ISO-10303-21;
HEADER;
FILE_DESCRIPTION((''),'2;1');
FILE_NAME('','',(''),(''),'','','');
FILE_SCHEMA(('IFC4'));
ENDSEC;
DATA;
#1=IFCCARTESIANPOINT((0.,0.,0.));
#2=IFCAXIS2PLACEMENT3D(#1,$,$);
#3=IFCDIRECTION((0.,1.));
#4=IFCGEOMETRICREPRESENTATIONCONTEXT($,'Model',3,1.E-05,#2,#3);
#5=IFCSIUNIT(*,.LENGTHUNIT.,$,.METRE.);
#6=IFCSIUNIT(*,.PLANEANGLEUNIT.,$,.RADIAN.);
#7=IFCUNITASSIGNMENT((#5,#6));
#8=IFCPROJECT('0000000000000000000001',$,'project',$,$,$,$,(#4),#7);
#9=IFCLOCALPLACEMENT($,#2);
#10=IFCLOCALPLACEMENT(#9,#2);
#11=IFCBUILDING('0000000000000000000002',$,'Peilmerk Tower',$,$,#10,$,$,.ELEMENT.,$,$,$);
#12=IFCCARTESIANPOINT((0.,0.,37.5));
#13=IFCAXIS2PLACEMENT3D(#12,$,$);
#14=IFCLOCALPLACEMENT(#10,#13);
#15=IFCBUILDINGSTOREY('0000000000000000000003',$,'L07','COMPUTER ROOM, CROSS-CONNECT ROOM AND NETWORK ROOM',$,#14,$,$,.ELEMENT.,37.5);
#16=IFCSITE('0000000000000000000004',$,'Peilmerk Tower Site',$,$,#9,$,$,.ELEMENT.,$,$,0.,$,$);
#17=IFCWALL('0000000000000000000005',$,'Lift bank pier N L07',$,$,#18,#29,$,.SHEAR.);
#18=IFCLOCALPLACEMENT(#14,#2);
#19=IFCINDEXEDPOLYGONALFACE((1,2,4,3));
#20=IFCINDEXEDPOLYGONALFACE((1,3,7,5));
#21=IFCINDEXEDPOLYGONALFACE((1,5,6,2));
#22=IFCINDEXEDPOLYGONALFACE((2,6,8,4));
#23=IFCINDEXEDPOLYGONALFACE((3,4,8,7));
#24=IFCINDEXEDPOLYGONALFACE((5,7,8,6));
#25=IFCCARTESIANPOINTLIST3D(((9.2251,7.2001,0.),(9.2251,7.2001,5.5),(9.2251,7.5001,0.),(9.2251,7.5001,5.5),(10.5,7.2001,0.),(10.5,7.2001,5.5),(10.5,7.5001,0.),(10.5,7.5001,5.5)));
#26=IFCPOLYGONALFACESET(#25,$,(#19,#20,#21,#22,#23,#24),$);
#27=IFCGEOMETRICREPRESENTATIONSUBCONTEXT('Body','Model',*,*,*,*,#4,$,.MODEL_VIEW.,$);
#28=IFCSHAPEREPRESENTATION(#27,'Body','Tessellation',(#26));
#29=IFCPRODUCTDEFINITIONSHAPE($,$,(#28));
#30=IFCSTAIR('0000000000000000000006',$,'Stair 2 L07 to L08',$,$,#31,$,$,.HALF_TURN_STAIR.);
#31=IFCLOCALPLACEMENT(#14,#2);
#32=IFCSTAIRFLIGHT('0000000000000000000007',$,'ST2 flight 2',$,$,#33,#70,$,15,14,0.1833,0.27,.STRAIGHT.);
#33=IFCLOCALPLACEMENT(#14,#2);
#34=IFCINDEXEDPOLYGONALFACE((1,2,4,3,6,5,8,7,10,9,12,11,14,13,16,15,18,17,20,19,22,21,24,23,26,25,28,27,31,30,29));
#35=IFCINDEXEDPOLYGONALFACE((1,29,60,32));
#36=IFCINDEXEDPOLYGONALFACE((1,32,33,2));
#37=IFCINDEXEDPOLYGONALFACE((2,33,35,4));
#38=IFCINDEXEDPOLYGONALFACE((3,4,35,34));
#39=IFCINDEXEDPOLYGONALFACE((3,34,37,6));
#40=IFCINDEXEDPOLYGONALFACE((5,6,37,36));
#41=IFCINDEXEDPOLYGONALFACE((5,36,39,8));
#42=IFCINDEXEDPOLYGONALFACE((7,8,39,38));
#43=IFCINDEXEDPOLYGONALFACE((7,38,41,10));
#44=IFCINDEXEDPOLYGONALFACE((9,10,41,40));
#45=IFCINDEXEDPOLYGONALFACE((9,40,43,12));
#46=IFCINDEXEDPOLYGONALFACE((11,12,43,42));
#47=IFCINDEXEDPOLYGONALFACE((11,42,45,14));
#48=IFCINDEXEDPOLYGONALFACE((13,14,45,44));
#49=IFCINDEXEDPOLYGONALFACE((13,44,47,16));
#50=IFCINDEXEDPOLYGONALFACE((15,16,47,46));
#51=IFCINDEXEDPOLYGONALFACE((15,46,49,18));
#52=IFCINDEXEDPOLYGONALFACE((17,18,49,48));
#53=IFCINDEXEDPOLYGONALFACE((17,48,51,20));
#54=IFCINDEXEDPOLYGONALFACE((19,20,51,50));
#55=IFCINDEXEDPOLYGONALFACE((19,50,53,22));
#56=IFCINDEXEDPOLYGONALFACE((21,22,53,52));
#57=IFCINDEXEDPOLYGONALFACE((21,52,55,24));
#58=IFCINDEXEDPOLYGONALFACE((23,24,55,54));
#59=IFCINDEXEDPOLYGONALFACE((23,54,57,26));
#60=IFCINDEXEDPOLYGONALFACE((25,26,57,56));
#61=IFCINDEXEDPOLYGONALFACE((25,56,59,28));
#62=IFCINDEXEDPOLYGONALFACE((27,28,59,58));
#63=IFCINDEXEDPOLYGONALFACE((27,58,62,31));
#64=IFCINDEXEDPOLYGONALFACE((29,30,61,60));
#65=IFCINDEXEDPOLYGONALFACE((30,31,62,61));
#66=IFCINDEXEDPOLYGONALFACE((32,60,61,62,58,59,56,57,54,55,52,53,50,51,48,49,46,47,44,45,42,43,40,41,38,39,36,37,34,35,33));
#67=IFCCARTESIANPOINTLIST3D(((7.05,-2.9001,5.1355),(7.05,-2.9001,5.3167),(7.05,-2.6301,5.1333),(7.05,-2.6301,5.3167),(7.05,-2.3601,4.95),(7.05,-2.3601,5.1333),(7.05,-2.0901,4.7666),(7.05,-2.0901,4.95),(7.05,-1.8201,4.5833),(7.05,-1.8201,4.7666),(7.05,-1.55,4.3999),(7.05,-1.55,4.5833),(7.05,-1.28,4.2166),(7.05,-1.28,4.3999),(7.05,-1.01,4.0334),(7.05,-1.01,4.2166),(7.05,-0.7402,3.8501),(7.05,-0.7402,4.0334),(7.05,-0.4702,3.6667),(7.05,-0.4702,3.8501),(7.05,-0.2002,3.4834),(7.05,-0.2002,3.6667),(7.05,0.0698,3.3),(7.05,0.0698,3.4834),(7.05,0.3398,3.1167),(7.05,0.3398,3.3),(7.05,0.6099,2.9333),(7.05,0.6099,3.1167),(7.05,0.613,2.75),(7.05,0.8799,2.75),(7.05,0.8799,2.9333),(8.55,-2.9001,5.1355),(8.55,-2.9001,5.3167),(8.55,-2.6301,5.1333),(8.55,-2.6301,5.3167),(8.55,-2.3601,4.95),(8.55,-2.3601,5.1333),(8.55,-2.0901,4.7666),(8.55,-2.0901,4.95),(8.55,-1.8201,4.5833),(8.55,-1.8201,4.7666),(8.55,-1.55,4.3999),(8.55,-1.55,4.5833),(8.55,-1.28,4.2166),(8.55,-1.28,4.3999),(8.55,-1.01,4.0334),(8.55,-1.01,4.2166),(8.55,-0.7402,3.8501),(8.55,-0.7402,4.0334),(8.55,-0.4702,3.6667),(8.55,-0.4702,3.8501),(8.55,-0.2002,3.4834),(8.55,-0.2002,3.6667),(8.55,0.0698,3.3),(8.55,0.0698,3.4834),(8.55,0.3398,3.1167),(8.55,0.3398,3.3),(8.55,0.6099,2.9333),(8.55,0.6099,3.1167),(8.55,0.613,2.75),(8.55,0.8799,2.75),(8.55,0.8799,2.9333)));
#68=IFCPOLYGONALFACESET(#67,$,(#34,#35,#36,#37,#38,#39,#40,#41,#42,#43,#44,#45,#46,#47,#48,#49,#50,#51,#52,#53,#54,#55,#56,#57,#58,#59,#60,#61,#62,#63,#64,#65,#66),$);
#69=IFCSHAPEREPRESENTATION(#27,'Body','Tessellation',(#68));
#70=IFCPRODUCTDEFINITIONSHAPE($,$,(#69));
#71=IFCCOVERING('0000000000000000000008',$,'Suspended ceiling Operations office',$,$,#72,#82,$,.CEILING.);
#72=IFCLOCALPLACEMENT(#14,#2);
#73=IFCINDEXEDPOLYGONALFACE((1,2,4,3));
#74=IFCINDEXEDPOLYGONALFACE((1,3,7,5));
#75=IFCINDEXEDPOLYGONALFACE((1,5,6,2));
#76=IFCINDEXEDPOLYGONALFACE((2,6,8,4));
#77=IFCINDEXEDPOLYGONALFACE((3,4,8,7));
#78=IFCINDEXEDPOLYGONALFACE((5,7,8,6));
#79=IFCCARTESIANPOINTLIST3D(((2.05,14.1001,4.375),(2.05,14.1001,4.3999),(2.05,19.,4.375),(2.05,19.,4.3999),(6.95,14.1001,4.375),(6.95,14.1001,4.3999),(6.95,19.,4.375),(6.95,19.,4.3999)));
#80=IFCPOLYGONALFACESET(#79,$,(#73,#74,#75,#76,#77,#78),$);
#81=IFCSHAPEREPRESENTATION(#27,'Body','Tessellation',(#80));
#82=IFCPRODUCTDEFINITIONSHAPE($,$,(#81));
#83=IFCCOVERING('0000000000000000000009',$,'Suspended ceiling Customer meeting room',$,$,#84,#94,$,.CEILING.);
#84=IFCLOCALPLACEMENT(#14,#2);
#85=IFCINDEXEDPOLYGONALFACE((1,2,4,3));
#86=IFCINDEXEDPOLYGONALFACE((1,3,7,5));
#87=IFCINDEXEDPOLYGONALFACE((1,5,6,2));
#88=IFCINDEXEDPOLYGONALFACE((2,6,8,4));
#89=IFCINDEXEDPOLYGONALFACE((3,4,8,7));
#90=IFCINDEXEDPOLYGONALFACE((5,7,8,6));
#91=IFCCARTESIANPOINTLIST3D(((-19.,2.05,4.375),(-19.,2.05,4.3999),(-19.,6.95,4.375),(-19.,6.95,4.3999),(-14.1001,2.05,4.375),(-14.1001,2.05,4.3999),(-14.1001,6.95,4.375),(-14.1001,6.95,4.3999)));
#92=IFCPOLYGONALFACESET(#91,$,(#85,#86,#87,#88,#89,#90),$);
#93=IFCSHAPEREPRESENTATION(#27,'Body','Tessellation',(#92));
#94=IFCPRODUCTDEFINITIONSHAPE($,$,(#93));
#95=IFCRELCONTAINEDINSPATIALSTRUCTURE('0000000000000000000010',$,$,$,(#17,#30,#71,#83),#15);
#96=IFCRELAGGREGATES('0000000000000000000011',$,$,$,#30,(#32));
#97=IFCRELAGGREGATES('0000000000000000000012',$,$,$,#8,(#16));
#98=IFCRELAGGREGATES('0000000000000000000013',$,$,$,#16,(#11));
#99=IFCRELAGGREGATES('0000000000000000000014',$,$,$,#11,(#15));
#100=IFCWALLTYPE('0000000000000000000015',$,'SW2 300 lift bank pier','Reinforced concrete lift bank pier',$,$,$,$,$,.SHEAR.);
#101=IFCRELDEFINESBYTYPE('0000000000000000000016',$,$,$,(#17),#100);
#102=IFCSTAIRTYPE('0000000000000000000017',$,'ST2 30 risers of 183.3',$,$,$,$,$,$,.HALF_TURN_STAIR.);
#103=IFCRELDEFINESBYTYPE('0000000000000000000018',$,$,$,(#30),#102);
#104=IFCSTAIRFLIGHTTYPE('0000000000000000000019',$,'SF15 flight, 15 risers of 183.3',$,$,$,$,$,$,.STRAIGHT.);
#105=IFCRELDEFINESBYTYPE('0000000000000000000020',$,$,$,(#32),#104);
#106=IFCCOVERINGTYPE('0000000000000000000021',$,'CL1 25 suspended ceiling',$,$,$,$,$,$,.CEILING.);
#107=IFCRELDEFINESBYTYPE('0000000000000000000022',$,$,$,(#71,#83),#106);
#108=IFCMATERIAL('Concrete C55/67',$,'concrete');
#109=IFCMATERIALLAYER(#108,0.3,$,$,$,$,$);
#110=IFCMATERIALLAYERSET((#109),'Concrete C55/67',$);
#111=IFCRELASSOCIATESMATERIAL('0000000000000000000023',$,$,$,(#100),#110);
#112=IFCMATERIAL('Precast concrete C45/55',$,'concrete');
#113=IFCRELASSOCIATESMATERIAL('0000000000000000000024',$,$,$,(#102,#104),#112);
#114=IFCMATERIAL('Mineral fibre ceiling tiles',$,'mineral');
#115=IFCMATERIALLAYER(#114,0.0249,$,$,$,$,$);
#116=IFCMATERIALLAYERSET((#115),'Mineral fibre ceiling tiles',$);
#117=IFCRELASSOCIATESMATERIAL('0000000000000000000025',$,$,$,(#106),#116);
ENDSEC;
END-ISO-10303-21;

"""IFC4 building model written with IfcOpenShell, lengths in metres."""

from ifc_helpers import new_model, si_unit, direction, frame, frame_2d, origin, place, context, subcontext, project, spatial, polyline, rectangle, outline, extrude, material, layer, layer_set, type_object, element, aggregate, save


model = new_model("IFC4")

# Units and contexts
model_context = context("Model", 3, precision=1e-05, world=origin(), true_north=direction((0.0, 1.0)))
body_context = subcontext(model_context, "Body", "Model", "MODEL_VIEW")
ifc_project = project(units=[si_unit("LENGTHUNIT", "METRE"), si_unit("PLANEANGLEUNIT", "RADIAN")], contexts=[model_context])

# Site, building, storey
site_placement = place(None, origin())
site = spatial("IfcSite", under=ifc_project, at=site_placement, Name="Peilmerk Tower Site", CompositionType="ELEMENT", RefElevation=0.0)
building_placement = place(site_placement, origin())
building = spatial("IfcBuilding", under=site, at=building_placement, Name="Peilmerk Tower", CompositionType="ELEMENT")
storey_placement = place(building_placement, frame((0.0, 0.0, 37.5)))
storey = spatial("IfcBuildingStorey", under=building, at=storey_placement, Name="L07", Description="COMPUTER ROOM, CROSS-CONNECT ROOM AND NETWORK ROOM", CompositionType="ELEMENT", Elevation=37.5)

# Wall
ifc_material_1 = material(Name="Concrete C55/67", Category="concrete")
ifc_layer_1 = layer(ifc_material_1, 0.3)
ifc_layer_set_1 = layer_set([ifc_layer_1], Name="Concrete C55/67")
wall_type_1 = type_object("IfcWallType", Name="SW2 300 lift bank pier", Description="Reinforced concrete lift bank pier", PredefinedType="SHEAR", material=ifc_layer_set_1)
wall_1_placement = place(storey_placement, frame((9.2251, 7.3501, 0.0), z_axis=(0.0, 0.0, 1.0), x_axis=(1.0, 0.0, 0.0)))
element("IfcWall", 1, at=wall_1_placement, inside=storey, type_object=wall_type_1, Name="Lift bank pier N L07", PredefinedType="SHEAR", context=body_context, shape_type="SweptSolid", body=[
    extrude(rectangle(XDim=1.2749, YDim=0.3, at=frame_2d((0.6375, 0.0))), origin(), (0.0, 0.0, 1.0), 5.5),
])

# Stair, stair flight
ifc_material_2 = material(Name="Precast concrete C45/55", Category="concrete")
stair_type = type_object("IfcStairType", Name="ST2 30 risers of 183.3", PredefinedType="HALF_TURN_STAIR", material=ifc_material_2)
stair_placement = place(storey_placement, origin())
stair = element("IfcStair", 2, at=stair_placement, inside=storey, type_object=stair_type, Name="Stair 2 L07 to L08", PredefinedType="HALF_TURN_STAIR")
stair_flight_type = type_object("IfcStairFlightType", Name="SF15 flight, 15 risers of 183.3", PredefinedType="STRAIGHT", material=ifc_material_2)
stair_flight_placement = place(storey_placement, frame((7.8, 0.8799, 2.75), z_axis=(0.0, 0.0, 1.0), x_axis=(0.0, -1.0, 0.0)))
stair_flight = element("IfcStairFlight", 3, at=stair_flight_placement, type_object=stair_flight_type, Name="ST2 flight 2", NumberOfRisers=15, NumberOfTreads=14, PredefinedType="STRAIGHT", RiserHeight=0.1833, TreadLength=0.27, context=body_context, shape_type="SweptSolid", body=[
    extrude(outline(polyline([(0.0, 0.0), (0.0, 0.1833), (0.27, 0.1833), (0.27, 0.3667), (0.54, 0.3667), (0.54, 0.55), (0.8101, 0.55), (0.8101, 0.7334), (1.0801, 0.7334), (1.0801, 0.9167), (1.3501, 0.9167), (1.3501, 1.1001), (1.6201, 1.1001), (1.6201, 1.2834), (1.8899, 1.2834), (1.8899, 1.4666), (2.1599, 1.4666), (2.1599, 1.6499), (2.4299, 1.6499), (2.4299, 1.8333), (2.7, 1.8333), (2.7, 2.0166), (2.97, 2.0166), (2.97, 2.2), (3.24, 2.2), (3.24, 2.3833), (3.51, 2.3833), (3.51, 2.5667), (3.78, 2.5667), (3.78, 2.75), (3.78, 2.3855), (0.2668, 0.0), (0.0, 0.0)])), frame((0.0, 0.75, 0.0), z_axis=(0.0, -1.0, 0.0), x_axis=(1.0, 0.0, 0.0)), (0.0, 0.0, 1.0), 1.5),
])
aggregate(stair, [stair_flight])

# Coverings
ifc_material_3 = material(Name="Mineral fibre ceiling tiles", Category="mineral")
ifc_layer_2 = layer(ifc_material_3, 0.0249)
ifc_layer_set_2 = layer_set([ifc_layer_2], Name="Mineral fibre ceiling tiles")
covering_type_1 = type_object("IfcCoveringType", Name="CL1 25 suspended ceiling", PredefinedType="CEILING", material=ifc_layer_set_2)
covering_1_placement = place(storey_placement, frame((0.0, 0.0, 4.375)))
element("IfcCovering", 4, at=covering_1_placement, inside=storey, type_object=covering_type_1, Name="Suspended ceiling Operations office", PredefinedType="CEILING", context=body_context, shape_type="SweptSolid", body=[
    extrude(outline(polyline([(6.95, 14.1001), (6.95, 19.0), (2.05, 19.0), (2.05, 14.1001), (6.95, 14.1001)])), origin(), (0.0, 0.0, 1.0), 0.0249),
])
covering_2_placement = place(storey_placement, frame((0.0, 0.0, 4.375)))
element("IfcCovering", 5, at=covering_2_placement, inside=storey, type_object=covering_type_1, Name="Suspended ceiling Customer meeting room", PredefinedType="CEILING", context=body_context, shape_type="SweptSolid", body=[
    extrude(outline(polyline([(-14.1001, 2.05), (-14.1001, 6.95), (-19.0, 6.95), (-19.0, 2.05), (-14.1001, 2.05)])), origin(), (0.0, 0.0, 1.0), 0.0249),
])

save(model, "model.ifc")
